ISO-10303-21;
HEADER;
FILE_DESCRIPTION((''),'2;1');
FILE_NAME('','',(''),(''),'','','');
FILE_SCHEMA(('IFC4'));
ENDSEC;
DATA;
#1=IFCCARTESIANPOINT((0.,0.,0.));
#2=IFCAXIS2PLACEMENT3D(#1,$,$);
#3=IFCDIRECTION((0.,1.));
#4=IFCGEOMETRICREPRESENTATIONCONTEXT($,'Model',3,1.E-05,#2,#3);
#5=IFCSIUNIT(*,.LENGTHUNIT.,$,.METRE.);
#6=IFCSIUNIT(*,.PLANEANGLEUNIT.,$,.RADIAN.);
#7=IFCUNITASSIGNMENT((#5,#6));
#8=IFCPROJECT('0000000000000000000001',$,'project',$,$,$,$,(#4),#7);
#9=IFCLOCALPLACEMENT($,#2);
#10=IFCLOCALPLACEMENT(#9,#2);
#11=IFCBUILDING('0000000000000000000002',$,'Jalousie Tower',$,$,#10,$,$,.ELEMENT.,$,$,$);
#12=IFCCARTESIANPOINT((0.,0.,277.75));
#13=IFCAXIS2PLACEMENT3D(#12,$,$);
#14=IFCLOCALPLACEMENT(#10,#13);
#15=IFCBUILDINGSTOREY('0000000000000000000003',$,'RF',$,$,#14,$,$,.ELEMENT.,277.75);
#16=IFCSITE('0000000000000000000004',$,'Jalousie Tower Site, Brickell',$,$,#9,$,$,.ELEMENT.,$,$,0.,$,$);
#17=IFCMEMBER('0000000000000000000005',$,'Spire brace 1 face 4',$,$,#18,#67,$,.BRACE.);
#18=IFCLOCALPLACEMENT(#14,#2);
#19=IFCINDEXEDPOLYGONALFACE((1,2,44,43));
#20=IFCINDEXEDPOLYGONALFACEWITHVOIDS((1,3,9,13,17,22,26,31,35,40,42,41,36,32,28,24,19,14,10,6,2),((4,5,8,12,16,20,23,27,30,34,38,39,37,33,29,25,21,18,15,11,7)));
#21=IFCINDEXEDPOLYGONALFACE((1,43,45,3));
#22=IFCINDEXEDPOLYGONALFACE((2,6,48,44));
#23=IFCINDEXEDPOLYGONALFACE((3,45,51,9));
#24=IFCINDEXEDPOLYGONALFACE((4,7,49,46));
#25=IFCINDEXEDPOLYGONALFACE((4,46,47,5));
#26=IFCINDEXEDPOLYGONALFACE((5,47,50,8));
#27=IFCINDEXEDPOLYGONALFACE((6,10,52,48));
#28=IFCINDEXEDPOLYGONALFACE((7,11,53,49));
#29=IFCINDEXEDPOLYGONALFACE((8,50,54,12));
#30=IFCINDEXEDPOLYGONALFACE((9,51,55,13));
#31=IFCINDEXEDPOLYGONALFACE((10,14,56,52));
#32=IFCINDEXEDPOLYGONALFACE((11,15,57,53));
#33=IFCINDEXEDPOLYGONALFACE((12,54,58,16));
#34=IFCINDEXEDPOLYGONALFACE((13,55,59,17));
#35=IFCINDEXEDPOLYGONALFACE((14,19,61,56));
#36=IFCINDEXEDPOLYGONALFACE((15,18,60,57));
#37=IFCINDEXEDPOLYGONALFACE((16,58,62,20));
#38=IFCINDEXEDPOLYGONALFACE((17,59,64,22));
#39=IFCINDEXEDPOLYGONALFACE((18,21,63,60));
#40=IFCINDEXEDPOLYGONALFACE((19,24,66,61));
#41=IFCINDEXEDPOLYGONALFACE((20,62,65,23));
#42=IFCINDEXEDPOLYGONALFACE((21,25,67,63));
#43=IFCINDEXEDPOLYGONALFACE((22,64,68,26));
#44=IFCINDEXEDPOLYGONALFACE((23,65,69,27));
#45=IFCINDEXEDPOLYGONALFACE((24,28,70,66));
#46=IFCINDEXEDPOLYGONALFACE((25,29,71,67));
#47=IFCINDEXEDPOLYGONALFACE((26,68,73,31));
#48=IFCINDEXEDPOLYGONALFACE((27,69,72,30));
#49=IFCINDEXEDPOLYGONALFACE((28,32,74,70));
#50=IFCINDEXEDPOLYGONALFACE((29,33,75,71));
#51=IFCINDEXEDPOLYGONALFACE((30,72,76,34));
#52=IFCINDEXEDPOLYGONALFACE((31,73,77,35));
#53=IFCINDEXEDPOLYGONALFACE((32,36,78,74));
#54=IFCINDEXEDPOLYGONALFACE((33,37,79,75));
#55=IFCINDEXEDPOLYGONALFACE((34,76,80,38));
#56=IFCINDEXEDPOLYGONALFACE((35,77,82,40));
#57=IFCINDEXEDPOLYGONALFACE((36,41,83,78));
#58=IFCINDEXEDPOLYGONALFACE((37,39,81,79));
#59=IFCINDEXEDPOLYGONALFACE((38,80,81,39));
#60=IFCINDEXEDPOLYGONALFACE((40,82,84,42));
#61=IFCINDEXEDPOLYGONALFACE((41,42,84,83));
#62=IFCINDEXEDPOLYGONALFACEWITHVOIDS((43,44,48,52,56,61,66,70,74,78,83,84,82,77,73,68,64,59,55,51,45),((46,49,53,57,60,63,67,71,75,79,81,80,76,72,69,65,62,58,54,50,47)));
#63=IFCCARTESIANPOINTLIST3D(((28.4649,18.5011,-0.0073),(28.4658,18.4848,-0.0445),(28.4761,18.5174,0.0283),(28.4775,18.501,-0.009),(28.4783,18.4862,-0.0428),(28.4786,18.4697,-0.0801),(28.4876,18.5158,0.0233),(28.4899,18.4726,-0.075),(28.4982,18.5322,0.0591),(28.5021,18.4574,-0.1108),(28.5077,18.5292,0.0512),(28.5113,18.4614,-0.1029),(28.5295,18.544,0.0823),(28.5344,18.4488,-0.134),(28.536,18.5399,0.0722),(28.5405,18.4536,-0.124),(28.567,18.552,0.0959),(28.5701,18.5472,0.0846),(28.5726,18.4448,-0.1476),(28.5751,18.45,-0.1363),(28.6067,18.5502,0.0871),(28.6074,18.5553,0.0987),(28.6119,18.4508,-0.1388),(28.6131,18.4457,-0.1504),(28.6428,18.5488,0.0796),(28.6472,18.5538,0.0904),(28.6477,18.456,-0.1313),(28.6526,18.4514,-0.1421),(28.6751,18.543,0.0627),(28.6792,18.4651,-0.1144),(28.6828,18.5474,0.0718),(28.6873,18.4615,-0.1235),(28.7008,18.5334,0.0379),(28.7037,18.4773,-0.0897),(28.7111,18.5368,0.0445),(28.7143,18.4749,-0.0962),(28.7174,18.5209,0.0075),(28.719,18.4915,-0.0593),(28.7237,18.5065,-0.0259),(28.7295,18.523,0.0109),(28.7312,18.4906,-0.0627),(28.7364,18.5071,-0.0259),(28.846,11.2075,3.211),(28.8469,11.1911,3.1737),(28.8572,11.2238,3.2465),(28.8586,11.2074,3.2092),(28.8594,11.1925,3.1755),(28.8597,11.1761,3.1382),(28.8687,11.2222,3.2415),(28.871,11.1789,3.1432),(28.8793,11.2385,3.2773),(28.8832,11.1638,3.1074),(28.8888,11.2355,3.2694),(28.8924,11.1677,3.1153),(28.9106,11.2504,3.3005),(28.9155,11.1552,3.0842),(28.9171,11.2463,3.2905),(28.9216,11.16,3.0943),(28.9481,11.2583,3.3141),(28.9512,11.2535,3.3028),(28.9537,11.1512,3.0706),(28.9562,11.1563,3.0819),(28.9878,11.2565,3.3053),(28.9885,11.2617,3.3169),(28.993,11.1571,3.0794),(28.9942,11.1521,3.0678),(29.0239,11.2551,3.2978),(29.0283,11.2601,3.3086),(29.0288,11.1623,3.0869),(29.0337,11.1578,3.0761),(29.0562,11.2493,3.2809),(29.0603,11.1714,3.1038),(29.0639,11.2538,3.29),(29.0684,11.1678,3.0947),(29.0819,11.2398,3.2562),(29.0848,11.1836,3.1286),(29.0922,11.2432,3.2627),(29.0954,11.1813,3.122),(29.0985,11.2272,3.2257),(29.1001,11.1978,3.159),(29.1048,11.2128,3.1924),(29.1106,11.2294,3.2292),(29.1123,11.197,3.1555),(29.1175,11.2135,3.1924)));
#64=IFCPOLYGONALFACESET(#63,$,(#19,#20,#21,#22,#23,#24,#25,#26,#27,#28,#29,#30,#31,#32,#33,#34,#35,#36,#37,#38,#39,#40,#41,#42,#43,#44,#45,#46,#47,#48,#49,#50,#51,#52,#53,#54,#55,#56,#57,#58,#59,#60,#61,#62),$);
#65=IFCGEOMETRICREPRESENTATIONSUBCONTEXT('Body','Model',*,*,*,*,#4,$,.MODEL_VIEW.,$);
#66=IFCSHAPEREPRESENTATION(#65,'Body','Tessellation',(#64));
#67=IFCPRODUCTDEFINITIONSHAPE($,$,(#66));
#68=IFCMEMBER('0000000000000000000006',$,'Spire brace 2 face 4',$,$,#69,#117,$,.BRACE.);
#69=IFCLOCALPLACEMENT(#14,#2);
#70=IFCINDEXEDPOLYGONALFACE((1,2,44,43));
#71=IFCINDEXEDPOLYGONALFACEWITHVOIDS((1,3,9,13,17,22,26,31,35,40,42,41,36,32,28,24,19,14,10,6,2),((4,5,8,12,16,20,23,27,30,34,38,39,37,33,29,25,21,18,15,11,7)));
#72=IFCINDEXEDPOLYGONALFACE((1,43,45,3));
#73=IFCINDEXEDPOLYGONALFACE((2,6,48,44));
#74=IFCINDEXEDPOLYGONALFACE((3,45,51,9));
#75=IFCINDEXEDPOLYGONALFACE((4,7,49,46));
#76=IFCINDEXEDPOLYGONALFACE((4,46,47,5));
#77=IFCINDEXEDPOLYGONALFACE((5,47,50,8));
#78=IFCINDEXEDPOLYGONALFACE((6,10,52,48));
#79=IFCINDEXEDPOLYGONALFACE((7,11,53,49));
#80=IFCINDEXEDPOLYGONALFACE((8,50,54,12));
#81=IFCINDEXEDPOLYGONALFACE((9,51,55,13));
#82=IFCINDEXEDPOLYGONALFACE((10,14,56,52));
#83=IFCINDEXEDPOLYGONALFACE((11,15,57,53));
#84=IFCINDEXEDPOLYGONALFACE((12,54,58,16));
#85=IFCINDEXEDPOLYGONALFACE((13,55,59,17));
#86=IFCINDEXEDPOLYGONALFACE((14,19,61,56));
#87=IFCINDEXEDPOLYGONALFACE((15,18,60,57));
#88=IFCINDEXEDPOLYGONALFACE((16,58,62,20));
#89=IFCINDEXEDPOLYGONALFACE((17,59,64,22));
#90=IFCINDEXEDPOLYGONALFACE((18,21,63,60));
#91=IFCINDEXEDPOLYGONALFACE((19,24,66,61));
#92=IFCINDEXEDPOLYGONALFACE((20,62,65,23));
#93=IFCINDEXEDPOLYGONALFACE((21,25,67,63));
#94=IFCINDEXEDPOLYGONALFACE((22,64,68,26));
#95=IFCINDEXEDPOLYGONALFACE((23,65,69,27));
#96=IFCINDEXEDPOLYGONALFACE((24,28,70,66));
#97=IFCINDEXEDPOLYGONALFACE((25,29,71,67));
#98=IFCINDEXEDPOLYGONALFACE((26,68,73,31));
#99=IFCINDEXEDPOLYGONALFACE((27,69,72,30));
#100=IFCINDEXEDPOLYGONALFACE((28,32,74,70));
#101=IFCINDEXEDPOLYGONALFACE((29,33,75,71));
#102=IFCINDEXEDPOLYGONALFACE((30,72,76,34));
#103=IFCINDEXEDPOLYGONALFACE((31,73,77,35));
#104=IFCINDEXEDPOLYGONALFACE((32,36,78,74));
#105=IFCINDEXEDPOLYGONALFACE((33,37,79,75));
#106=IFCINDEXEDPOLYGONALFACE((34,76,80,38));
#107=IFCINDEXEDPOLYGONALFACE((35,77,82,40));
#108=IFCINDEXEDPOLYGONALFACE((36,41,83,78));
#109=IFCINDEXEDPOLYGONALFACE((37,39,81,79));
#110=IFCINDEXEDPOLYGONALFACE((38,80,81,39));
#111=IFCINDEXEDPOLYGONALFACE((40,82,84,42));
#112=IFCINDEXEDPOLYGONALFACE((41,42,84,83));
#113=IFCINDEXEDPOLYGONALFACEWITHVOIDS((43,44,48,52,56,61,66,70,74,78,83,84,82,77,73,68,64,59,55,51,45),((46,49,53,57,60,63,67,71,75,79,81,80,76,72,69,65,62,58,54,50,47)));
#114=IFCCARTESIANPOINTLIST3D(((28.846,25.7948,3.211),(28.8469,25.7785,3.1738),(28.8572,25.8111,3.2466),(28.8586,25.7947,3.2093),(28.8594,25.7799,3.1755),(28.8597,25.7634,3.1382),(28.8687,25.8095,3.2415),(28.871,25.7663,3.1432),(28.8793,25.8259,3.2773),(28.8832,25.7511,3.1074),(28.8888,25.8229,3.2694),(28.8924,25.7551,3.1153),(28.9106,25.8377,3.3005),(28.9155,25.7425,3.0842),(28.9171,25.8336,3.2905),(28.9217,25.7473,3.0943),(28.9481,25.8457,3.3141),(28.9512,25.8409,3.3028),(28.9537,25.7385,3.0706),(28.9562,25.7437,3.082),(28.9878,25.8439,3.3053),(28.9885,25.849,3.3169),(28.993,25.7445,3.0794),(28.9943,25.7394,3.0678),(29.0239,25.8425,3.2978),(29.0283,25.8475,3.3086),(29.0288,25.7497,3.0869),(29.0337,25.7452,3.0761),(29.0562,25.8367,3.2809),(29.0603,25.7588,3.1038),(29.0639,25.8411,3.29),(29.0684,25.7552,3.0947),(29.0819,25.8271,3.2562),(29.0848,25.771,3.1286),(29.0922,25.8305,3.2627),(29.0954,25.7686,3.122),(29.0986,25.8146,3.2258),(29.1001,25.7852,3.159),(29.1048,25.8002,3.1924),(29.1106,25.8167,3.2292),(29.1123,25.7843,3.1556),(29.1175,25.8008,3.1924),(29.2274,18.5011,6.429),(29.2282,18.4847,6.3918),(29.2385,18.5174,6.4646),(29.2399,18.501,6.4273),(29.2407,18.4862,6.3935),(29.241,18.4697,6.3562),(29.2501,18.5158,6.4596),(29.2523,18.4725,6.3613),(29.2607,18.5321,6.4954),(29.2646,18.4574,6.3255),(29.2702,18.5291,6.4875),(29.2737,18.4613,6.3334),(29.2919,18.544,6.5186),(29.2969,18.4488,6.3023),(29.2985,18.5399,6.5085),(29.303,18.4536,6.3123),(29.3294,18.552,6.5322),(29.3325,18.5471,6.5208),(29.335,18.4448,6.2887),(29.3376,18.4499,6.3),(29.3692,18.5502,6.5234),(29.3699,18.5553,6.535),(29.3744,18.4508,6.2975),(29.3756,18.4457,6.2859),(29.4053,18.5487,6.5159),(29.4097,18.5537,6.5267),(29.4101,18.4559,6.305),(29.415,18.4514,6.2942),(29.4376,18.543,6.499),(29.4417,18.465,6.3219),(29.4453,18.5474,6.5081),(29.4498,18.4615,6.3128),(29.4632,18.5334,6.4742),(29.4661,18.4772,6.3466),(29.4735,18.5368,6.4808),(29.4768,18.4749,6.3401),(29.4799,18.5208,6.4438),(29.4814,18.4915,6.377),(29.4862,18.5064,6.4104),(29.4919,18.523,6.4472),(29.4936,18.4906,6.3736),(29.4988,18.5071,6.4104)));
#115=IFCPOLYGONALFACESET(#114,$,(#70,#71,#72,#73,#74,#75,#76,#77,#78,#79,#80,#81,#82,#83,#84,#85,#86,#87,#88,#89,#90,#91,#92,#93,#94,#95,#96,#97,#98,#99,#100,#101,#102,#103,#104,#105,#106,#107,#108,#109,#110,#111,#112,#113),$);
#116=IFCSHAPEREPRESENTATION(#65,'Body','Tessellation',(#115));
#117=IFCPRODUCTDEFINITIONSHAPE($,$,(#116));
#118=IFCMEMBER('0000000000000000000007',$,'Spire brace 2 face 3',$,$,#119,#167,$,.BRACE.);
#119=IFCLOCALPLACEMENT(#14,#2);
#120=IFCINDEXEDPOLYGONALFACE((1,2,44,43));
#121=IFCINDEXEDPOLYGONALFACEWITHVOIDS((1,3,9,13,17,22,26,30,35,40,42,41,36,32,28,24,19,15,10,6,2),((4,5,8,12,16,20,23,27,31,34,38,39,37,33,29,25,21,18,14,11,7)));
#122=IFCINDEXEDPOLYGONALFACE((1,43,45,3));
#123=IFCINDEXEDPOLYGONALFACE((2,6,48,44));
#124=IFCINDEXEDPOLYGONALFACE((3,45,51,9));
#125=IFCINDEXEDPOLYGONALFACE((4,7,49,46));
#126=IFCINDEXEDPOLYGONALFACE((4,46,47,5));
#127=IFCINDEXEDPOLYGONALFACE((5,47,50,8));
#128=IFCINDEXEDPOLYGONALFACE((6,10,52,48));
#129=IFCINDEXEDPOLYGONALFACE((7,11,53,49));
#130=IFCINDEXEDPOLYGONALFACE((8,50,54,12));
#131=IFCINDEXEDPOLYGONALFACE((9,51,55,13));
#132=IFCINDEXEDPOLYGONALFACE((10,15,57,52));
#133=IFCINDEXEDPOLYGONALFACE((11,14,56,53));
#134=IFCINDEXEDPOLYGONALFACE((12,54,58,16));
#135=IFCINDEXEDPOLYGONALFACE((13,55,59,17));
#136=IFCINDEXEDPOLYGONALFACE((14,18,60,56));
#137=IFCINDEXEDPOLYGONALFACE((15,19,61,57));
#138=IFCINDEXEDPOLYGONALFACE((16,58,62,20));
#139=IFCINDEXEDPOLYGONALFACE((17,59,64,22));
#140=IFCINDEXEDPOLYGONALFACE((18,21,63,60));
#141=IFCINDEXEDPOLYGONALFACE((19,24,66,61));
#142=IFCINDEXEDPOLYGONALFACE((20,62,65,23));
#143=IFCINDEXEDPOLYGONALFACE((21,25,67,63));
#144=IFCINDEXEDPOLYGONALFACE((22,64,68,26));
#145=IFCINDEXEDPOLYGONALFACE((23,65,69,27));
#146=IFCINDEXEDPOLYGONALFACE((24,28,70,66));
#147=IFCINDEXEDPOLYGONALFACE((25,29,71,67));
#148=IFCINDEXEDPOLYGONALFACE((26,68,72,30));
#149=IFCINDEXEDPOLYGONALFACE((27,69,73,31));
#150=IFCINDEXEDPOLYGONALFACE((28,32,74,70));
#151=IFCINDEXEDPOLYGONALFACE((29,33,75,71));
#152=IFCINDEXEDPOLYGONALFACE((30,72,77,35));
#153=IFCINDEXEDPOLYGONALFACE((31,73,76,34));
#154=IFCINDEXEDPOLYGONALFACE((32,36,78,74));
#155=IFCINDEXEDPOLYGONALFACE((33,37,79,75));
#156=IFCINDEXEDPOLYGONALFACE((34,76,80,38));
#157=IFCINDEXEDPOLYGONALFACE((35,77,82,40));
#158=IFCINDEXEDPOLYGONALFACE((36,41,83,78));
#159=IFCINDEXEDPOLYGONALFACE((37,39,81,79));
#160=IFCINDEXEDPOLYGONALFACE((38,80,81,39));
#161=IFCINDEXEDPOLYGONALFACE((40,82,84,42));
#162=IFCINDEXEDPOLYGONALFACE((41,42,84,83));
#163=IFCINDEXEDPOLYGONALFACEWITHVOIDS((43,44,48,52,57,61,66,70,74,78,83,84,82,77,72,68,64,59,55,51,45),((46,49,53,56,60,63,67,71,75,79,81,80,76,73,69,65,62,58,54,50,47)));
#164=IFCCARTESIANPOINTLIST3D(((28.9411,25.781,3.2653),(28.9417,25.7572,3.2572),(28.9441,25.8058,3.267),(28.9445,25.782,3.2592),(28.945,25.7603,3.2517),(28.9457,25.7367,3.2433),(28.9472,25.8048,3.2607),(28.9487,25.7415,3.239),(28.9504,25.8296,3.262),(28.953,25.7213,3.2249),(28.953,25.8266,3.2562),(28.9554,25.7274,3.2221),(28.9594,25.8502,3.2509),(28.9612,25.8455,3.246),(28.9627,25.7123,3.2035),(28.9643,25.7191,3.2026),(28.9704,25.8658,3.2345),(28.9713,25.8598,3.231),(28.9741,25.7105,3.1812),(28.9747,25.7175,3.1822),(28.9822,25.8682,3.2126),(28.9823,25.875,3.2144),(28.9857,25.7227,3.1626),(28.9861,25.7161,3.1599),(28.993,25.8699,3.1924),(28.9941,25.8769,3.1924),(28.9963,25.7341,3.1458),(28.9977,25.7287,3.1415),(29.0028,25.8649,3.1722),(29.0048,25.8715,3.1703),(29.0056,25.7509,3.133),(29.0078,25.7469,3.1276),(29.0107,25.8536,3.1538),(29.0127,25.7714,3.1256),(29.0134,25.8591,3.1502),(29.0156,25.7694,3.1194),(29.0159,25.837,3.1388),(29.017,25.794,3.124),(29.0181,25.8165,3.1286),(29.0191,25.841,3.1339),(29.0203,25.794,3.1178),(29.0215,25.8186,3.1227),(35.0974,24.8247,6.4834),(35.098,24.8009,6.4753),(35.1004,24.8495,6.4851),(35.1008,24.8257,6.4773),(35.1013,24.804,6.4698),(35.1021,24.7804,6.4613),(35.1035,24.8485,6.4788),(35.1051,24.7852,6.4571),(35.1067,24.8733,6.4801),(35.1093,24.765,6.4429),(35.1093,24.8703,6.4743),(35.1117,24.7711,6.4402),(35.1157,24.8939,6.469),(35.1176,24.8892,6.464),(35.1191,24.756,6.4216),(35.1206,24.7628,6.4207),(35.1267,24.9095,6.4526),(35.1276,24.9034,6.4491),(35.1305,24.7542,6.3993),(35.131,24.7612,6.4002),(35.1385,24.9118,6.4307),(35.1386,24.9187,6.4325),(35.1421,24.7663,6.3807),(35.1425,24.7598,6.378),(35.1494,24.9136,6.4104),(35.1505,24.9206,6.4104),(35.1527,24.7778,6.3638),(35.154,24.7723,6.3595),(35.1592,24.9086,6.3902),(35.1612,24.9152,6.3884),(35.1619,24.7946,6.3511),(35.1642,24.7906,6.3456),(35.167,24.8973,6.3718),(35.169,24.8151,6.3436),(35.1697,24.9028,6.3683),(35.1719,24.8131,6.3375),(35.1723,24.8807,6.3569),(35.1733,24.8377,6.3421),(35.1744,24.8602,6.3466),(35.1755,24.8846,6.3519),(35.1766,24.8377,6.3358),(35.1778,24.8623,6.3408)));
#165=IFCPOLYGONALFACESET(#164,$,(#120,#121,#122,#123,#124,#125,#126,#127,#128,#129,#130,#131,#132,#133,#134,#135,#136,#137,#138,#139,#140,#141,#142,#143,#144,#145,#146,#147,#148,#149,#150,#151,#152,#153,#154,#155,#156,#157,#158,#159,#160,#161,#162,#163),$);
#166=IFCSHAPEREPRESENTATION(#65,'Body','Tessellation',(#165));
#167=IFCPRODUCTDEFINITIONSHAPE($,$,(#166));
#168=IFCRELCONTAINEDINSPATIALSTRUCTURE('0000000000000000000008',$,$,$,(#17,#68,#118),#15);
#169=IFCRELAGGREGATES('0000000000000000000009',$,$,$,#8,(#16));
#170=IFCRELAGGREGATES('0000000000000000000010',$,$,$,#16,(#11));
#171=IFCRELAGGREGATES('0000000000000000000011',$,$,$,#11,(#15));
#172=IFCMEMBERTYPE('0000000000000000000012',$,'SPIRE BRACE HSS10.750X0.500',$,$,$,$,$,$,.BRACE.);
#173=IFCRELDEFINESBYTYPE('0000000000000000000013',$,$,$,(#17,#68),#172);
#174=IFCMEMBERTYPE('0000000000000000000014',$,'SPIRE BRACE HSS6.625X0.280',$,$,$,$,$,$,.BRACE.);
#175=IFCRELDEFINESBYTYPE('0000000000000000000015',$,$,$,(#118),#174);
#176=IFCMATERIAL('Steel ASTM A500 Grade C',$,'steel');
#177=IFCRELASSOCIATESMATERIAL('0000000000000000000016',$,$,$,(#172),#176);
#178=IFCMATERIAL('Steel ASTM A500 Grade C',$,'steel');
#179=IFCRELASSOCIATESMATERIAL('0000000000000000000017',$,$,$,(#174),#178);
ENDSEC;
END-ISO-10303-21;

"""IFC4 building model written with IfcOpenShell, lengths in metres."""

from ifc_helpers import new_model, si_unit, direction, frame, origin, origin_2d, place, context, subcontext, project, spatial, hollow_circle, extrude, material, material_profile, profile_set, type_object, element, save


model = new_model("IFC4")

# Units and contexts
model_context = context("Model", 3, precision=1e-05, world=origin(), true_north=direction((0.0, 1.0)))
body_context = subcontext(model_context, "Body", "Model", "MODEL_VIEW")
ifc_project = project(units=[si_unit("LENGTHUNIT", "METRE"), si_unit("PLANEANGLEUNIT", "RADIAN")], contexts=[model_context])

# Site, building, storey
site_placement = place(None, origin())
site = spatial("IfcSite", under=ifc_project, at=site_placement, Name="Jalousie Tower Site, Brickell", CompositionType="ELEMENT", RefElevation=0.0)
building_placement = place(site_placement, origin())
building = spatial("IfcBuilding", under=site, at=building_placement, Name="Jalousie Tower", CompositionType="ELEMENT")
storey_placement = place(building_placement, frame((0.0, 0.0, 277.75)))
storey = spatial("IfcBuildingStorey", under=building, at=storey_placement, Name="RF", CompositionType="ELEMENT", Elevation=277.75)

# Members
ifc_material_1 = material(Name="Steel ASTM A500 Grade C", Category="steel")
ifc_material_profile_1 = material_profile(ifc_material_1, hollow_circle(Radius=0.1365, WallThickness=0.0127, at=origin_2d()), Name="HSS10.750X0.500")
ifc_profile_set_1 = profile_set([ifc_material_profile_1], Name="Steel ASTM A500 Grade C")
member_type_1 = type_object("IfcMemberType", Name="SPIRE BRACE HSS10.750X0.500", PredefinedType="BRACE", material=ifc_profile_set_1)
for number, where, z_axis, x_axis, name in (
    (1, (28.6001, 18.5, -0.0259), (0.04775, -0.913853, 0.403227), (0.998638, 0.05218, 0.0), "Spire brace 1 face 4"),
    (2, (28.9812, 25.7937, 3.1924), (0.047781, -0.913863, 0.403201), (0.998636, 0.052213, 0.0), "Spire brace 2 face 4"),
):
    element("IfcMember", number, at=place(storey_placement, frame(where, z_axis=z_axis, x_axis=x_axis)), inside=storey, type_object=member_type_1, Name=name, PredefinedType="BRACE", context=body_context, shape_type="SweptSolid", body=[
        extrude(hollow_circle(Radius=0.1365, WallThickness=0.0127, at=origin_2d()), origin(), (0.0, 0.0, 1.0), 7.9812),
    ])
ifc_material_2 = material(Name="Steel ASTM A500 Grade C", Category="steel")
ifc_material_profile_2 = material_profile(ifc_material_2, hollow_circle(Radius=0.0842, WallThickness=0.0071, at=origin_2d()), Name="HSS6.625X0.280")
ifc_profile_set_2 = profile_set([ifc_material_profile_2], Name="Steel ASTM A500 Grade C")
member_type_2 = type_object("IfcMemberType", Name="SPIRE BRACE HSS6.625X0.280", PredefinedType="BRACE", material=ifc_profile_set_2)
member_1_placement = place(storey_placement, frame((28.9812, 25.7937, 3.1924), z_axis=(0.877947, -0.136378, 0.458923), x_axis=(0.153497, 0.988149, 0.0)))
element("IfcMember", 3, at=member_1_placement, inside=storey, type_object=member_type_2, Name="Spire brace 2 face 3", PredefinedType="BRACE", context=body_context, shape_type="SweptSolid", body=[
    extrude(hollow_circle(Radius=0.0842, WallThickness=0.0071, at=origin_2d()), origin(), (0.0, 0.0, 1.0), 7.0122),
])

save(model, "model.ifc")
